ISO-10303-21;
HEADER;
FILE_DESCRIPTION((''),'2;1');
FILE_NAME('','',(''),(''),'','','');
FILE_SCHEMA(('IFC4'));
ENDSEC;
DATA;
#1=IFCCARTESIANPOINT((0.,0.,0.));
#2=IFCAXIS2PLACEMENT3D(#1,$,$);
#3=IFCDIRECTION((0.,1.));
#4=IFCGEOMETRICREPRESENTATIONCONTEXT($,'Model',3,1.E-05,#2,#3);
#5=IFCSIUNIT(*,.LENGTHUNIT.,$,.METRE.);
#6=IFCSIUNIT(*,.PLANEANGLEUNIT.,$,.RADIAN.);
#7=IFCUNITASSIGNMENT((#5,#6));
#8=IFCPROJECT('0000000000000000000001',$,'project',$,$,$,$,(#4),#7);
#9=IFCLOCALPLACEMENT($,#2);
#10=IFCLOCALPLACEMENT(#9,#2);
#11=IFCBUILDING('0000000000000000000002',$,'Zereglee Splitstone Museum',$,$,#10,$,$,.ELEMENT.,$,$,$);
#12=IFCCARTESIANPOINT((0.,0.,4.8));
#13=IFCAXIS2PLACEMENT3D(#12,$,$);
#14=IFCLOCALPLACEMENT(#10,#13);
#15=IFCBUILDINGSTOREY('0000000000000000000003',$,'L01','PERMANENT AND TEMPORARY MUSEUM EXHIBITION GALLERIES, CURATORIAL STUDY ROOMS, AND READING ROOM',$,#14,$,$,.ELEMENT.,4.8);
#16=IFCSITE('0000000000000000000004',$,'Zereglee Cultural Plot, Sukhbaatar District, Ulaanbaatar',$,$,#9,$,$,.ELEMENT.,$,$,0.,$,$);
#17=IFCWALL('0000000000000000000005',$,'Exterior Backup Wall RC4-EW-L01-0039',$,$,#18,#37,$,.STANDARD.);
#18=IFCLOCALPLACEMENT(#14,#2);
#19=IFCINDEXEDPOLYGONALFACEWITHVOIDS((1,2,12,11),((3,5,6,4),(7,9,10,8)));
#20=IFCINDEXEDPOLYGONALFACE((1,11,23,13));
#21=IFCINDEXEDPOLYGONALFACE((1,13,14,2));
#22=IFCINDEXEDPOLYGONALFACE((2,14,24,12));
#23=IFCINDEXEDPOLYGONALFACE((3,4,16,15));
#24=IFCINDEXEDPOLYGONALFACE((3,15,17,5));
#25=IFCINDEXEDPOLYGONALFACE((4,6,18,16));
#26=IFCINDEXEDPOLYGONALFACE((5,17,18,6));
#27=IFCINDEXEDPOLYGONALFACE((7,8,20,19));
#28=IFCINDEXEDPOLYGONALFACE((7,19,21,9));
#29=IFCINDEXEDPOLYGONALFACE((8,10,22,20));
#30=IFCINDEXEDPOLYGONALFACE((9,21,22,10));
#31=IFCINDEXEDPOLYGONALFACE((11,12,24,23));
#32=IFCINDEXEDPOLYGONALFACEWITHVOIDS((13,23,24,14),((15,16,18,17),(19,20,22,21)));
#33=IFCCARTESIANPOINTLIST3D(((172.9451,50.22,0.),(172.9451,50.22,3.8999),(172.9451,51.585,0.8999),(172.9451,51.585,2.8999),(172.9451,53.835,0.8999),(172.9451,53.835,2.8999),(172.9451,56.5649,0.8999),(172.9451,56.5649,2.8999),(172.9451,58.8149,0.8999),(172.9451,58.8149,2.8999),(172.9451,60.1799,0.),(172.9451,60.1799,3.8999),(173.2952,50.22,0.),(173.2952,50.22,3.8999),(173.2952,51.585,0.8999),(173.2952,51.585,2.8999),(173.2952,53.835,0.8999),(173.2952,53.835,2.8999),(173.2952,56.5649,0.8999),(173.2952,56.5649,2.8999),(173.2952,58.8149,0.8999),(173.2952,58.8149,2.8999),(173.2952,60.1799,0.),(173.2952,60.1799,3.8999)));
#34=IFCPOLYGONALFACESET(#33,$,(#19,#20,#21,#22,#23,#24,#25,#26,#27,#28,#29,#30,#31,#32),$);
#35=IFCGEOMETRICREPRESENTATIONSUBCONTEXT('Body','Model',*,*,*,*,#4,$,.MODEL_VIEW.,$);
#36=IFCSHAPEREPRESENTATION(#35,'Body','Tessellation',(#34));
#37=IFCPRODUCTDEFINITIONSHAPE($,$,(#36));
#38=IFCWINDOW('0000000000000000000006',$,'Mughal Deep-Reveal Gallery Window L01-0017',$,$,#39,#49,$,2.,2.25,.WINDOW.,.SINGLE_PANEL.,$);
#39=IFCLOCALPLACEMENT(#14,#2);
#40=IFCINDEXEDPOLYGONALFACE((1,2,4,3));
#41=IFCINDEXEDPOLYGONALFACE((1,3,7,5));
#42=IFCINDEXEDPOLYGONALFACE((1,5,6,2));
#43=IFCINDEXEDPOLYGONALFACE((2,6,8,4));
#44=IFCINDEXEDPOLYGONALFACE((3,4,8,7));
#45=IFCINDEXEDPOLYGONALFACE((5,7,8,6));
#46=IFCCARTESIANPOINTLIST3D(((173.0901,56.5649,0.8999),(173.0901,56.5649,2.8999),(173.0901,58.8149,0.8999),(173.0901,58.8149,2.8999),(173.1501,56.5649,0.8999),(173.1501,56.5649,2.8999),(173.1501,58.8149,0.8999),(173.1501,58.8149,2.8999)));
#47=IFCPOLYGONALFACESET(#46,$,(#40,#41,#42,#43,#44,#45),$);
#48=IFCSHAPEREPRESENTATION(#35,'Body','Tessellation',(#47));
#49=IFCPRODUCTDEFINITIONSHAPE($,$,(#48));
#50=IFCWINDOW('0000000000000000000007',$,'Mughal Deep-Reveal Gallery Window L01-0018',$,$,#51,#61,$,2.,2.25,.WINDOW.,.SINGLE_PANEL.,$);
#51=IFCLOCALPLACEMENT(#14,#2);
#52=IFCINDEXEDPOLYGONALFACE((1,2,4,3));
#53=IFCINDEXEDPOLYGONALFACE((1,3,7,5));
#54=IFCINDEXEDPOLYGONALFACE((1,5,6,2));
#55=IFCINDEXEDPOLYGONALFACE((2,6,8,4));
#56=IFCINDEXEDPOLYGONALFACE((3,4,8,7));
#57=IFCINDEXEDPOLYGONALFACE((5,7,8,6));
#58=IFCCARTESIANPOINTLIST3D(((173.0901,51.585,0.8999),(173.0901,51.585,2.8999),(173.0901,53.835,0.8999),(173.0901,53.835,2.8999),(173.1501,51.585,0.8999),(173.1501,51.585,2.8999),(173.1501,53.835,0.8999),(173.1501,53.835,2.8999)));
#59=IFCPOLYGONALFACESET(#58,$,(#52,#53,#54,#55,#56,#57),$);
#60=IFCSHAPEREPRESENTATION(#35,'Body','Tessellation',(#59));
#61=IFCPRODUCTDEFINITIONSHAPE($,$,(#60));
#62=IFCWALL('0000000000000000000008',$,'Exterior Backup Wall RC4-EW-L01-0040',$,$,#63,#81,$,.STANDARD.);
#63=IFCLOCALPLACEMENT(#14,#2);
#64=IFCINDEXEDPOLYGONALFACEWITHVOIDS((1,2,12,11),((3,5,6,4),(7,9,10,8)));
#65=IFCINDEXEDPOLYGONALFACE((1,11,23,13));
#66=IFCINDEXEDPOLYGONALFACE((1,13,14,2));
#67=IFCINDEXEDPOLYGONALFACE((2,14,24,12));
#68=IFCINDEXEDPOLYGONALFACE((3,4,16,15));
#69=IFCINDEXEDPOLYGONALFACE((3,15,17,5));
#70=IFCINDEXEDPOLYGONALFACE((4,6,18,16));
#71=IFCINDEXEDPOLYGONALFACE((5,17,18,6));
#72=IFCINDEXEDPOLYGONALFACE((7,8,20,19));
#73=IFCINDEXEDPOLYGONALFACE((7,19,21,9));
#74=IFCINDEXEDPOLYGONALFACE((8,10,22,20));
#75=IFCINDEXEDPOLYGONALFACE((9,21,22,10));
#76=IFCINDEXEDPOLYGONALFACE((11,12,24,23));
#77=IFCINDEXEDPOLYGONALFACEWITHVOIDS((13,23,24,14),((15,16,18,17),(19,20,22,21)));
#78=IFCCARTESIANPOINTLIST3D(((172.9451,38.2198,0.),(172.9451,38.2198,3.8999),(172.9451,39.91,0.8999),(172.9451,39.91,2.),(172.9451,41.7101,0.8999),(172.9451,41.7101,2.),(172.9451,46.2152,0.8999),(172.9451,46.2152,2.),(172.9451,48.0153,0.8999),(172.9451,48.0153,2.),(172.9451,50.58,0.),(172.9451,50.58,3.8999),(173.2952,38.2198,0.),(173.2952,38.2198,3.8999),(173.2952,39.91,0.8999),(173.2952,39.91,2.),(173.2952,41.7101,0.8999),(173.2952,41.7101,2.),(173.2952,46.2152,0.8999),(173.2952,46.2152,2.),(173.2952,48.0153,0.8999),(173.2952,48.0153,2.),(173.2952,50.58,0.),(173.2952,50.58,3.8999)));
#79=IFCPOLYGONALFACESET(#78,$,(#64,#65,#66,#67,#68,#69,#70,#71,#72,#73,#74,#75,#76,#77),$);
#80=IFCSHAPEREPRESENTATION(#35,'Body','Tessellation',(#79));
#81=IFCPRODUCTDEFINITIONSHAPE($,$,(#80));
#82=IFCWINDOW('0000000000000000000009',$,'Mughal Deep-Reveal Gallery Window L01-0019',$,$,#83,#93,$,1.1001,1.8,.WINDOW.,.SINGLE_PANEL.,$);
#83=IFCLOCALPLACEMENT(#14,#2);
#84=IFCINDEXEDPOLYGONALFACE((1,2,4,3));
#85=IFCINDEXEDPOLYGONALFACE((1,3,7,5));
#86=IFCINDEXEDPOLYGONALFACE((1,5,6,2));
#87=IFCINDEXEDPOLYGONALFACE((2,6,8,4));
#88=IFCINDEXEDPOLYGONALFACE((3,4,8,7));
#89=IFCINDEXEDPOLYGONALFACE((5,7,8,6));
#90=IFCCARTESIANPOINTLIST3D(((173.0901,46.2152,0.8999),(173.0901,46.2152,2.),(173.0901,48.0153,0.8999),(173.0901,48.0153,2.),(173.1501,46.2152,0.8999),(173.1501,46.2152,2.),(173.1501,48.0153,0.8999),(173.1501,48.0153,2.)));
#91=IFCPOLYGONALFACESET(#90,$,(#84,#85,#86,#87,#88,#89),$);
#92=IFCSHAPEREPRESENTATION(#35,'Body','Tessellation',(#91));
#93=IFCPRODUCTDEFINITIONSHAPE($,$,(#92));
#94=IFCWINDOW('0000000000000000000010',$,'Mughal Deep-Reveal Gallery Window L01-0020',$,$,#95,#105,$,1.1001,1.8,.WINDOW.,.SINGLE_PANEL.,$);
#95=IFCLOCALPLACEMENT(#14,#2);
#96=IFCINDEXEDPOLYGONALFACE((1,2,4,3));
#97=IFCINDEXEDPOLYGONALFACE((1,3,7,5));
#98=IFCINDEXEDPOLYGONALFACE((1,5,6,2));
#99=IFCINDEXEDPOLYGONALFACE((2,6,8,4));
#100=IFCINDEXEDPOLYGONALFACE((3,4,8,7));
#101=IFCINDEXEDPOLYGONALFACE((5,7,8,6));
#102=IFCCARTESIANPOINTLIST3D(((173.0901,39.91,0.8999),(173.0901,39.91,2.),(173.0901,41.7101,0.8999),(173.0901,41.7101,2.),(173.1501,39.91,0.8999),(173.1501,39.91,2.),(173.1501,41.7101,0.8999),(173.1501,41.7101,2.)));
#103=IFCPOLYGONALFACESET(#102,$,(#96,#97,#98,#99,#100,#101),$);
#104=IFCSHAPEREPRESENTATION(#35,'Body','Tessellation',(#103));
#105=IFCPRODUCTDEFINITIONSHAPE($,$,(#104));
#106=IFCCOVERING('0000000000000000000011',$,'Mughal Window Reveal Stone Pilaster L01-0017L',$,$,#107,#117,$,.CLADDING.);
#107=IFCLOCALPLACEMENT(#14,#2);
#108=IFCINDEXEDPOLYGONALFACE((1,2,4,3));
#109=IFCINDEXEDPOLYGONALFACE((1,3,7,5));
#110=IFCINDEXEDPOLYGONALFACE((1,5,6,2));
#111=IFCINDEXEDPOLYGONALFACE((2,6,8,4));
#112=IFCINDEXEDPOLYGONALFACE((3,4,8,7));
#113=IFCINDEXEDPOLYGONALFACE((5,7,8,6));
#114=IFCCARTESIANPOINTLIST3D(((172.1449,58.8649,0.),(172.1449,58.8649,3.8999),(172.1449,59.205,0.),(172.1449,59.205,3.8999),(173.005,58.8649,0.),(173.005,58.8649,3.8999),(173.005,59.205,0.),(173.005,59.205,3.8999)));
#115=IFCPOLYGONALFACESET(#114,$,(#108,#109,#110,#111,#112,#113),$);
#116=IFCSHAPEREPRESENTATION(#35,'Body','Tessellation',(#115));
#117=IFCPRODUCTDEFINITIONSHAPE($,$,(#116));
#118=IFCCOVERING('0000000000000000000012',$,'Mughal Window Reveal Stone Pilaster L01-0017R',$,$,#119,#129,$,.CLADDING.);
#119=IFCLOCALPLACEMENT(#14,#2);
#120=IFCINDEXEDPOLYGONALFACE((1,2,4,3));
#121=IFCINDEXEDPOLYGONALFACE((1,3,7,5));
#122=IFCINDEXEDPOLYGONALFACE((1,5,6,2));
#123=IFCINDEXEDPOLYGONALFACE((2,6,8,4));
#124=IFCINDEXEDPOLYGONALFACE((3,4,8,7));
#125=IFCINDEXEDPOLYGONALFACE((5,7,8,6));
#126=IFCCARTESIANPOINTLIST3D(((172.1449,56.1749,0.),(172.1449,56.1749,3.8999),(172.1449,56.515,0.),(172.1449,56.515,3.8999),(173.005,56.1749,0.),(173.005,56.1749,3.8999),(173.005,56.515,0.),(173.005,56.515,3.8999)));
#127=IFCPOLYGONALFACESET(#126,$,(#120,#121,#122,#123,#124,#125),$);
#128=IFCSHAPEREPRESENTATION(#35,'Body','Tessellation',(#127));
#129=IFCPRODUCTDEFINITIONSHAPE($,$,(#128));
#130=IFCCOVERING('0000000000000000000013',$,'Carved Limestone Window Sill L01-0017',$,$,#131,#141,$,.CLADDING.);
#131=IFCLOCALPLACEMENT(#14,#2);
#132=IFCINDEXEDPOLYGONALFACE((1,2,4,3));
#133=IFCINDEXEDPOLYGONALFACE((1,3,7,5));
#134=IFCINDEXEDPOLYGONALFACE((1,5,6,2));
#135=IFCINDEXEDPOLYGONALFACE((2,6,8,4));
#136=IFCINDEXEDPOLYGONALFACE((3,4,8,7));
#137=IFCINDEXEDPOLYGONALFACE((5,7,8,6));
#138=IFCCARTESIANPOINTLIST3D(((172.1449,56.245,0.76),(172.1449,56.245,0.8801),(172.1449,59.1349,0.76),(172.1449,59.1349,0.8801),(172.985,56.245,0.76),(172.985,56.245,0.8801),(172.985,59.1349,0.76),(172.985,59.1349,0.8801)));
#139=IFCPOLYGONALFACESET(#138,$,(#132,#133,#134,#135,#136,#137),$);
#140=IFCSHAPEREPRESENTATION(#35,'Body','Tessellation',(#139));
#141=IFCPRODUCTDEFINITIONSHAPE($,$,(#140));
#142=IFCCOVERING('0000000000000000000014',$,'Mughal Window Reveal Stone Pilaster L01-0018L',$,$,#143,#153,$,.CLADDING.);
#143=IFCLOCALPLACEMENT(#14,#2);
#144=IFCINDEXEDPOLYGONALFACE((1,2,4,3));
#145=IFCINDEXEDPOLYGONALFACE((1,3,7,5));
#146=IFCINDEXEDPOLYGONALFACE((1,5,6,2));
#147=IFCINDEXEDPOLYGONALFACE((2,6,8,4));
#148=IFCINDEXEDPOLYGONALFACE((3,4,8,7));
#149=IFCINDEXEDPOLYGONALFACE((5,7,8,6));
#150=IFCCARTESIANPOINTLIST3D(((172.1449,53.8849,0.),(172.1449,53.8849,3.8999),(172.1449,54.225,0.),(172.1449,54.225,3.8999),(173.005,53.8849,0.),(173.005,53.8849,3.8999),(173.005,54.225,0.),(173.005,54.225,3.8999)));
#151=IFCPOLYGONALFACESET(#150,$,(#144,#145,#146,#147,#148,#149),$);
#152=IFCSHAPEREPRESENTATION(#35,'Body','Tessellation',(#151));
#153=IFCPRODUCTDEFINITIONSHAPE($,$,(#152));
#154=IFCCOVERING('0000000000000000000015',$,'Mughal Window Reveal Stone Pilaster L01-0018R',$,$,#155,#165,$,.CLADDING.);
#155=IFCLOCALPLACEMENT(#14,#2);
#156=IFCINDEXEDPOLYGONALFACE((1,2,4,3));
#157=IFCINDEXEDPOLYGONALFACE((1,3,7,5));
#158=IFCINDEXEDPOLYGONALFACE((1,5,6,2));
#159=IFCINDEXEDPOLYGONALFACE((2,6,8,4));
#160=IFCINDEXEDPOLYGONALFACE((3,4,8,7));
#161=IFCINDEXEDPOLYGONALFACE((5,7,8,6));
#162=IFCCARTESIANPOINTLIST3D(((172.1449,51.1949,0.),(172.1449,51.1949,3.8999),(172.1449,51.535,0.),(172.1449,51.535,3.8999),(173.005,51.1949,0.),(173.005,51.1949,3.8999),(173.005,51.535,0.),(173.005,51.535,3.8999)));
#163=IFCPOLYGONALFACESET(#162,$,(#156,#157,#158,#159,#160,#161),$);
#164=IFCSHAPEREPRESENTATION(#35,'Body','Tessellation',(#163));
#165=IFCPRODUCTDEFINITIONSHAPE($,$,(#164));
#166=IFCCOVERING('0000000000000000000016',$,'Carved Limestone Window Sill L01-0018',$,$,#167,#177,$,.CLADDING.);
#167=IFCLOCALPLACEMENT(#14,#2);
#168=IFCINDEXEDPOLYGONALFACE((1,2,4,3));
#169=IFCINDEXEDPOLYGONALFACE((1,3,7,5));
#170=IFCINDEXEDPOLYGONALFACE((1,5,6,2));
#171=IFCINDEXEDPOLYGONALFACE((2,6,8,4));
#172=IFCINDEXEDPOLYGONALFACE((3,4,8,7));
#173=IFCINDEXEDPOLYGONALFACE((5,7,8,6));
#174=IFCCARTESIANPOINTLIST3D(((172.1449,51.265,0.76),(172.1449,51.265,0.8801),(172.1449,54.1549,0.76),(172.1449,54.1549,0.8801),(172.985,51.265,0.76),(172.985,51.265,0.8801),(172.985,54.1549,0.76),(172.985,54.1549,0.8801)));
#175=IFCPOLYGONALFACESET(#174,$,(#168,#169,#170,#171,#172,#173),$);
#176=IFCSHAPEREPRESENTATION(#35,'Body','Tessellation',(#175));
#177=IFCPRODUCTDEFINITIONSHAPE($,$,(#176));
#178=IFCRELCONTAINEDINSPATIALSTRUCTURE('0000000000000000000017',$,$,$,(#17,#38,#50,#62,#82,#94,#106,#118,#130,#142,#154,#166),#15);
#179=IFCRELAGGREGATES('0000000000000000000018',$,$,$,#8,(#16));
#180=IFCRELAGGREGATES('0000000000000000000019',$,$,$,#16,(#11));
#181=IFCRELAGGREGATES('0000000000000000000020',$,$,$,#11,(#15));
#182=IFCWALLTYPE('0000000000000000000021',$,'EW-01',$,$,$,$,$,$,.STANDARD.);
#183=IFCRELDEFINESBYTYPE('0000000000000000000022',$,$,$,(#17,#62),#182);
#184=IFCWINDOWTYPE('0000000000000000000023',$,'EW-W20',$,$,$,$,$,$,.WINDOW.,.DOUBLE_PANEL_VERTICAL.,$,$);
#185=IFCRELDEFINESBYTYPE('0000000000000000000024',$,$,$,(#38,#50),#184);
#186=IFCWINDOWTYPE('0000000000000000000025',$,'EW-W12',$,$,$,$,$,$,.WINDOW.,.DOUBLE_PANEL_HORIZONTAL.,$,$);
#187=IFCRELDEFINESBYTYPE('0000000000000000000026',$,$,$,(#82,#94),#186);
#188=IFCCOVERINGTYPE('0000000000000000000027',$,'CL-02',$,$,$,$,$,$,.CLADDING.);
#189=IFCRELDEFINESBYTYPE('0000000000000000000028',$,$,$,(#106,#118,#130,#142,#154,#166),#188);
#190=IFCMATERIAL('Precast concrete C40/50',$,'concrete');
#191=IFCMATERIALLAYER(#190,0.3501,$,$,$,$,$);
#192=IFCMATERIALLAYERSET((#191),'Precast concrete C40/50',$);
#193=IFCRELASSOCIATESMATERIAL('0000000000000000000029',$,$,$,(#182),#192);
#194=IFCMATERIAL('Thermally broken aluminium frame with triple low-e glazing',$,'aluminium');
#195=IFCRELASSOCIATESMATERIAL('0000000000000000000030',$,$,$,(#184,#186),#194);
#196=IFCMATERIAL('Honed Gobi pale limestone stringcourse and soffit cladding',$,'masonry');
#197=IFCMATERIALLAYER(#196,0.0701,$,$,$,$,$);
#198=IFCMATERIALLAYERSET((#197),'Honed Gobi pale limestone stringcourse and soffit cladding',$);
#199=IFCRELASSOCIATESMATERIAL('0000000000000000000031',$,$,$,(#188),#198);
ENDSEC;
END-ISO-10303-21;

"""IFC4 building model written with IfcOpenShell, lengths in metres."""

from ifc_helpers import new_model, si_unit, direction, frame, frame_2d, origin, origin_2d, place, context, subcontext, project, spatial, rectangle, extrude, material, layer, layer_set, type_object, element, fill, save


model = new_model("IFC4")

# Units and contexts
model_context = context("Model", 3, precision=1e-05, world=origin(), true_north=direction((0.0, 1.0)))
body_context = subcontext(model_context, "Body", "Model", "MODEL_VIEW")
ifc_project = project(units=[si_unit("LENGTHUNIT", "METRE"), si_unit("PLANEANGLEUNIT", "RADIAN")], contexts=[model_context])

# Site, building, storey
site_placement = place(None, origin())
site = spatial("IfcSite", under=ifc_project, at=site_placement, Name="Zereglee Cultural Plot, Sukhbaatar District, Ulaanbaatar", CompositionType="ELEMENT", RefElevation=0.0)
building_placement = place(site_placement, origin())
building = spatial("IfcBuilding", under=site, at=building_placement, Name="Zereglee Splitstone Museum", CompositionType="ELEMENT")
storey_placement = place(building_placement, frame((0.0, 0.0, 4.8)))
storey = spatial("IfcBuildingStorey", under=building, at=storey_placement, Name="L01", Description="PERMANENT AND TEMPORARY MUSEUM EXHIBITION GALLERIES, CURATORIAL STUDY ROOMS, AND READING ROOM", CompositionType="ELEMENT", Elevation=4.8)

# Shared definitions
ifc_material_1 = material(Name="Precast concrete C40/50", Category="concrete")
ifc_layer_1 = layer(ifc_material_1, 0.3501)
ifc_layer_set_1 = layer_set([ifc_layer_1], Name="Precast concrete C40/50")
wall_type = type_object("IfcWallType", Name="EW-01", PredefinedType="STANDARD", material=ifc_layer_set_1)

# Walls, openings, windows
wall_1_placement = place(storey_placement, frame((173.1201, 60.1799, 0.0), z_axis=(0.0, 0.0, 1.0), x_axis=(0.0, -1.0, 0.0)))
wall_1 = element("IfcWall", 1, at=wall_1_placement, inside=storey, type_object=wall_type, Name="Exterior Backup Wall RC4-EW-L01-0039", PredefinedType="STANDARD", context=body_context, shape_type="SweptSolid", body=[
    extrude(rectangle(XDim=9.96, YDim=0.3501, at=frame_2d((4.98, 0.0))), origin(), (0.0, 0.0, 1.0), 3.8999),
])
opening_1_placement = place(wall_1_placement, frame((1.365, 0.0, 0.8999)))
opening_1 = element("IfcOpeningElement", 2, at=opening_1_placement, cuts=wall_1, PredefinedType="OPENING", context=body_context, shape_type="SweptSolid", body=[
    extrude(rectangle(XDim=2.25, YDim=2.0, at=frame_2d((1.125, 1.0))), frame((0.0, 0.1899, 0.0), z_axis=(0.0, -1.0, 0.0), x_axis=(1.0, 0.0, 0.0)), (0.0, 0.0, 1.0), 0.3799),
])
opening_2_placement = place(wall_1_placement, frame((6.345, 0.0, 0.8999)))
opening_2 = element("IfcOpeningElement", 3, at=opening_2_placement, cuts=wall_1, PredefinedType="OPENING", context=body_context, shape_type="SweptSolid", body=[
    extrude(rectangle(XDim=2.25, YDim=2.0, at=frame_2d((1.125, 1.0))), frame((0.0, 0.1899, 0.0), z_axis=(0.0, -1.0, 0.0), x_axis=(1.0, 0.0, 0.0)), (0.0, 0.0, 1.0), 0.3799),
])
ifc_material_2 = material(Name="Thermally broken aluminium frame with triple low-e glazing", Category="aluminium")
window_type_1 = type_object("IfcWindowType", Name="EW-W20", PartitioningType="DOUBLE_PANEL_VERTICAL", PredefinedType="WINDOW", material=ifc_material_2)
window_1_placement = place(opening_1_placement, origin())
window_1 = element("IfcWindow", 4, at=window_1_placement, inside=storey, type_object=window_type_1, Name="Mughal Deep-Reveal Gallery Window L01-0017", OverallHeight=2.0, OverallWidth=2.25, PartitioningType="SINGLE_PANEL", PredefinedType="WINDOW", context=body_context, shape_type="SweptSolid", body=[
    extrude(rectangle(XDim=2.25, YDim=2.0, at=frame_2d((1.125, 1.0))), frame((0.0, 0.03, 0.0), z_axis=(0.0, -1.0, 0.0), x_axis=(1.0, 0.0, 0.0)), (0.0, 0.0, 1.0), 0.0601),
])
fill(opening_1, window_1)
window_2_placement = place(opening_2_placement, origin())
window_2 = element("IfcWindow", 5, at=window_2_placement, inside=storey, type_object=window_type_1, Name="Mughal Deep-Reveal Gallery Window L01-0018", OverallHeight=2.0, OverallWidth=2.25, PartitioningType="SINGLE_PANEL", PredefinedType="WINDOW", context=body_context, shape_type="SweptSolid", body=[
    extrude(rectangle(XDim=2.25, YDim=2.0, at=frame_2d((1.125, 1.0))), frame((0.0, 0.03, 0.0), z_axis=(0.0, -1.0, 0.0), x_axis=(1.0, 0.0, 0.0)), (0.0, 0.0, 1.0), 0.0601),
])
fill(opening_2, window_2)
wall_2_placement = place(storey_placement, frame((173.1201, 50.5801, 0.0), z_axis=(0.0, 0.0, 1.0), x_axis=(0.0, -1.0, 0.0)))
wall_2 = element("IfcWall", 6, at=wall_2_placement, inside=storey, type_object=wall_type, Name="Exterior Backup Wall RC4-EW-L01-0040", PredefinedType="STANDARD", context=body_context, shape_type="SweptSolid", body=[
    extrude(rectangle(XDim=12.3601, YDim=0.3501, at=frame_2d((6.1802, 0.0))), origin(), (0.0, 0.0, 1.0), 3.8999),
])
opening_3_placement = place(wall_2_placement, frame((2.5649, 0.0, 0.8999)))
opening_3 = element("IfcOpeningElement", 7, at=opening_3_placement, cuts=wall_2, PredefinedType="OPENING", context=body_context, shape_type="SweptSolid", body=[
    extrude(rectangle(XDim=1.8, YDim=1.1001, at=frame_2d((0.8999, 0.55))), frame((0.0, 0.1899, 0.0), z_axis=(0.0, -1.0, 0.0), x_axis=(1.0, 0.0, 0.0)), (0.0, 0.0, 1.0), 0.3799),
])
opening_4_placement = place(wall_2_placement, frame((8.8701, 0.0, 0.8999)))
opening_4 = element("IfcOpeningElement", 8, at=opening_4_placement, cuts=wall_2, PredefinedType="OPENING", context=body_context, shape_type="SweptSolid", body=[
    extrude(rectangle(XDim=1.8, YDim=1.1001, at=frame_2d((0.8999, 0.55))), frame((0.0, 0.1899, 0.0), z_axis=(0.0, -1.0, 0.0), x_axis=(1.0, 0.0, 0.0)), (0.0, 0.0, 1.0), 0.3799),
])
window_type_2 = type_object("IfcWindowType", Name="EW-W12", PartitioningType="DOUBLE_PANEL_HORIZONTAL", PredefinedType="WINDOW", material=ifc_material_2)
window_3_placement = place(opening_3_placement, origin())
window_3 = element("IfcWindow", 9, at=window_3_placement, inside=storey, type_object=window_type_2, Name="Mughal Deep-Reveal Gallery Window L01-0019", OverallHeight=1.1001, OverallWidth=1.8, PartitioningType="SINGLE_PANEL", PredefinedType="WINDOW", context=body_context, shape_type="SweptSolid", body=[
    extrude(rectangle(XDim=1.8, YDim=1.1001, at=frame_2d((0.8999, 0.55))), frame((0.0, 0.03, 0.0), z_axis=(0.0, -1.0, 0.0), x_axis=(1.0, 0.0, 0.0)), (0.0, 0.0, 1.0), 0.0601),
])
fill(opening_3, window_3)
window_4_placement = place(opening_4_placement, origin())
window_4 = element("IfcWindow", 10, at=window_4_placement, inside=storey, type_object=window_type_2, Name="Mughal Deep-Reveal Gallery Window L01-0020", OverallHeight=1.1001, OverallWidth=1.8, PartitioningType="SINGLE_PANEL", PredefinedType="WINDOW", context=body_context, shape_type="SweptSolid", body=[
    extrude(rectangle(XDim=1.8, YDim=1.1001, at=frame_2d((0.8999, 0.55))), frame((0.0, 0.03, 0.0), z_axis=(0.0, -1.0, 0.0), x_axis=(1.0, 0.0, 0.0)), (0.0, 0.0, 1.0), 0.0601),
])
fill(opening_4, window_4)

# Coverings
ifc_material_3 = material(Name="Honed Gobi pale limestone stringcourse and soffit cladding", Category="masonry")
ifc_layer_2 = layer(ifc_material_3, 0.0701)
ifc_layer_set_2 = layer_set([ifc_layer_2], Name="Honed Gobi pale limestone stringcourse and soffit cladding")
covering_type_1 = type_object("IfcCoveringType", Name="CL-02", PredefinedType="CLADDING", material=ifc_layer_set_2)
for number, where, z_axis, x_axis, name in (
    (11, (172.575, 59.0349, 0.0), (0.0, 0.0, 1.0), (0.0, -1.0, 0.0), "Mughal Window Reveal Stone Pilaster L01-0017L"),
    (12, (172.575, 56.345, 0.0), (0.0, 0.0, 1.0), (0.0, -1.0, 0.0), "Mughal Window Reveal Stone Pilaster L01-0017R"),
):
    element("IfcCovering", number, at=place(storey_placement, frame(where, z_axis=z_axis, x_axis=x_axis)), inside=storey, type_object=covering_type_1, Name=name, PredefinedType="CLADDING", context=body_context, shape_type="SweptSolid", body=[
        extrude(rectangle(XDim=0.3401, YDim=0.8601, at=origin_2d()), origin(), (0.0, 0.0, 1.0), 3.8999),
    ])
covering_1_placement = place(storey_placement, frame((172.5649, 57.6899, 0.76), z_axis=(0.0, 0.0, 1.0), x_axis=(0.0, -1.0, 0.0)))
element("IfcCovering", 13, at=covering_1_placement, inside=storey, type_object=covering_type_1, Name="Carved Limestone Window Sill L01-0017", PredefinedType="CLADDING", context=body_context, shape_type="SweptSolid", body=[
    extrude(rectangle(XDim=2.8899, YDim=0.8401, at=origin_2d()), origin(), (0.0, 0.0, 1.0), 0.1201),
])
for number, where, z_axis, x_axis, name in (
    (14, (172.575, 54.0549, 0.0), (0.0, 0.0, 1.0), (0.0, -1.0, 0.0), "Mughal Window Reveal Stone Pilaster L01-0018L"),
    (15, (172.575, 51.365, 0.0), (0.0, 0.0, 1.0), (0.0, -1.0, 0.0), "Mughal Window Reveal Stone Pilaster L01-0018R"),
):
    element("IfcCovering", number, at=place(storey_placement, frame(where, z_axis=z_axis, x_axis=x_axis)), inside=storey, type_object=covering_type_1, Name=name, PredefinedType="CLADDING", context=body_context, shape_type="SweptSolid", body=[
        extrude(rectangle(XDim=0.3401, YDim=0.8601, at=origin_2d()), origin(), (0.0, 0.0, 1.0), 3.8999),
    ])
covering_2_placement = place(storey_placement, frame((172.5649, 52.71, 0.76), z_axis=(0.0, 0.0, 1.0), x_axis=(0.0, -1.0, 0.0)))
element("IfcCovering", 16, at=covering_2_placement, inside=storey, type_object=covering_type_1, Name="Carved Limestone Window Sill L01-0018", PredefinedType="CLADDING", context=body_context, shape_type="SweptSolid", body=[
    extrude(rectangle(XDim=2.8899, YDim=0.8401, at=origin_2d()), origin(), (0.0, 0.0, 1.0), 0.1201),
])

save(model, "model.ifc")
